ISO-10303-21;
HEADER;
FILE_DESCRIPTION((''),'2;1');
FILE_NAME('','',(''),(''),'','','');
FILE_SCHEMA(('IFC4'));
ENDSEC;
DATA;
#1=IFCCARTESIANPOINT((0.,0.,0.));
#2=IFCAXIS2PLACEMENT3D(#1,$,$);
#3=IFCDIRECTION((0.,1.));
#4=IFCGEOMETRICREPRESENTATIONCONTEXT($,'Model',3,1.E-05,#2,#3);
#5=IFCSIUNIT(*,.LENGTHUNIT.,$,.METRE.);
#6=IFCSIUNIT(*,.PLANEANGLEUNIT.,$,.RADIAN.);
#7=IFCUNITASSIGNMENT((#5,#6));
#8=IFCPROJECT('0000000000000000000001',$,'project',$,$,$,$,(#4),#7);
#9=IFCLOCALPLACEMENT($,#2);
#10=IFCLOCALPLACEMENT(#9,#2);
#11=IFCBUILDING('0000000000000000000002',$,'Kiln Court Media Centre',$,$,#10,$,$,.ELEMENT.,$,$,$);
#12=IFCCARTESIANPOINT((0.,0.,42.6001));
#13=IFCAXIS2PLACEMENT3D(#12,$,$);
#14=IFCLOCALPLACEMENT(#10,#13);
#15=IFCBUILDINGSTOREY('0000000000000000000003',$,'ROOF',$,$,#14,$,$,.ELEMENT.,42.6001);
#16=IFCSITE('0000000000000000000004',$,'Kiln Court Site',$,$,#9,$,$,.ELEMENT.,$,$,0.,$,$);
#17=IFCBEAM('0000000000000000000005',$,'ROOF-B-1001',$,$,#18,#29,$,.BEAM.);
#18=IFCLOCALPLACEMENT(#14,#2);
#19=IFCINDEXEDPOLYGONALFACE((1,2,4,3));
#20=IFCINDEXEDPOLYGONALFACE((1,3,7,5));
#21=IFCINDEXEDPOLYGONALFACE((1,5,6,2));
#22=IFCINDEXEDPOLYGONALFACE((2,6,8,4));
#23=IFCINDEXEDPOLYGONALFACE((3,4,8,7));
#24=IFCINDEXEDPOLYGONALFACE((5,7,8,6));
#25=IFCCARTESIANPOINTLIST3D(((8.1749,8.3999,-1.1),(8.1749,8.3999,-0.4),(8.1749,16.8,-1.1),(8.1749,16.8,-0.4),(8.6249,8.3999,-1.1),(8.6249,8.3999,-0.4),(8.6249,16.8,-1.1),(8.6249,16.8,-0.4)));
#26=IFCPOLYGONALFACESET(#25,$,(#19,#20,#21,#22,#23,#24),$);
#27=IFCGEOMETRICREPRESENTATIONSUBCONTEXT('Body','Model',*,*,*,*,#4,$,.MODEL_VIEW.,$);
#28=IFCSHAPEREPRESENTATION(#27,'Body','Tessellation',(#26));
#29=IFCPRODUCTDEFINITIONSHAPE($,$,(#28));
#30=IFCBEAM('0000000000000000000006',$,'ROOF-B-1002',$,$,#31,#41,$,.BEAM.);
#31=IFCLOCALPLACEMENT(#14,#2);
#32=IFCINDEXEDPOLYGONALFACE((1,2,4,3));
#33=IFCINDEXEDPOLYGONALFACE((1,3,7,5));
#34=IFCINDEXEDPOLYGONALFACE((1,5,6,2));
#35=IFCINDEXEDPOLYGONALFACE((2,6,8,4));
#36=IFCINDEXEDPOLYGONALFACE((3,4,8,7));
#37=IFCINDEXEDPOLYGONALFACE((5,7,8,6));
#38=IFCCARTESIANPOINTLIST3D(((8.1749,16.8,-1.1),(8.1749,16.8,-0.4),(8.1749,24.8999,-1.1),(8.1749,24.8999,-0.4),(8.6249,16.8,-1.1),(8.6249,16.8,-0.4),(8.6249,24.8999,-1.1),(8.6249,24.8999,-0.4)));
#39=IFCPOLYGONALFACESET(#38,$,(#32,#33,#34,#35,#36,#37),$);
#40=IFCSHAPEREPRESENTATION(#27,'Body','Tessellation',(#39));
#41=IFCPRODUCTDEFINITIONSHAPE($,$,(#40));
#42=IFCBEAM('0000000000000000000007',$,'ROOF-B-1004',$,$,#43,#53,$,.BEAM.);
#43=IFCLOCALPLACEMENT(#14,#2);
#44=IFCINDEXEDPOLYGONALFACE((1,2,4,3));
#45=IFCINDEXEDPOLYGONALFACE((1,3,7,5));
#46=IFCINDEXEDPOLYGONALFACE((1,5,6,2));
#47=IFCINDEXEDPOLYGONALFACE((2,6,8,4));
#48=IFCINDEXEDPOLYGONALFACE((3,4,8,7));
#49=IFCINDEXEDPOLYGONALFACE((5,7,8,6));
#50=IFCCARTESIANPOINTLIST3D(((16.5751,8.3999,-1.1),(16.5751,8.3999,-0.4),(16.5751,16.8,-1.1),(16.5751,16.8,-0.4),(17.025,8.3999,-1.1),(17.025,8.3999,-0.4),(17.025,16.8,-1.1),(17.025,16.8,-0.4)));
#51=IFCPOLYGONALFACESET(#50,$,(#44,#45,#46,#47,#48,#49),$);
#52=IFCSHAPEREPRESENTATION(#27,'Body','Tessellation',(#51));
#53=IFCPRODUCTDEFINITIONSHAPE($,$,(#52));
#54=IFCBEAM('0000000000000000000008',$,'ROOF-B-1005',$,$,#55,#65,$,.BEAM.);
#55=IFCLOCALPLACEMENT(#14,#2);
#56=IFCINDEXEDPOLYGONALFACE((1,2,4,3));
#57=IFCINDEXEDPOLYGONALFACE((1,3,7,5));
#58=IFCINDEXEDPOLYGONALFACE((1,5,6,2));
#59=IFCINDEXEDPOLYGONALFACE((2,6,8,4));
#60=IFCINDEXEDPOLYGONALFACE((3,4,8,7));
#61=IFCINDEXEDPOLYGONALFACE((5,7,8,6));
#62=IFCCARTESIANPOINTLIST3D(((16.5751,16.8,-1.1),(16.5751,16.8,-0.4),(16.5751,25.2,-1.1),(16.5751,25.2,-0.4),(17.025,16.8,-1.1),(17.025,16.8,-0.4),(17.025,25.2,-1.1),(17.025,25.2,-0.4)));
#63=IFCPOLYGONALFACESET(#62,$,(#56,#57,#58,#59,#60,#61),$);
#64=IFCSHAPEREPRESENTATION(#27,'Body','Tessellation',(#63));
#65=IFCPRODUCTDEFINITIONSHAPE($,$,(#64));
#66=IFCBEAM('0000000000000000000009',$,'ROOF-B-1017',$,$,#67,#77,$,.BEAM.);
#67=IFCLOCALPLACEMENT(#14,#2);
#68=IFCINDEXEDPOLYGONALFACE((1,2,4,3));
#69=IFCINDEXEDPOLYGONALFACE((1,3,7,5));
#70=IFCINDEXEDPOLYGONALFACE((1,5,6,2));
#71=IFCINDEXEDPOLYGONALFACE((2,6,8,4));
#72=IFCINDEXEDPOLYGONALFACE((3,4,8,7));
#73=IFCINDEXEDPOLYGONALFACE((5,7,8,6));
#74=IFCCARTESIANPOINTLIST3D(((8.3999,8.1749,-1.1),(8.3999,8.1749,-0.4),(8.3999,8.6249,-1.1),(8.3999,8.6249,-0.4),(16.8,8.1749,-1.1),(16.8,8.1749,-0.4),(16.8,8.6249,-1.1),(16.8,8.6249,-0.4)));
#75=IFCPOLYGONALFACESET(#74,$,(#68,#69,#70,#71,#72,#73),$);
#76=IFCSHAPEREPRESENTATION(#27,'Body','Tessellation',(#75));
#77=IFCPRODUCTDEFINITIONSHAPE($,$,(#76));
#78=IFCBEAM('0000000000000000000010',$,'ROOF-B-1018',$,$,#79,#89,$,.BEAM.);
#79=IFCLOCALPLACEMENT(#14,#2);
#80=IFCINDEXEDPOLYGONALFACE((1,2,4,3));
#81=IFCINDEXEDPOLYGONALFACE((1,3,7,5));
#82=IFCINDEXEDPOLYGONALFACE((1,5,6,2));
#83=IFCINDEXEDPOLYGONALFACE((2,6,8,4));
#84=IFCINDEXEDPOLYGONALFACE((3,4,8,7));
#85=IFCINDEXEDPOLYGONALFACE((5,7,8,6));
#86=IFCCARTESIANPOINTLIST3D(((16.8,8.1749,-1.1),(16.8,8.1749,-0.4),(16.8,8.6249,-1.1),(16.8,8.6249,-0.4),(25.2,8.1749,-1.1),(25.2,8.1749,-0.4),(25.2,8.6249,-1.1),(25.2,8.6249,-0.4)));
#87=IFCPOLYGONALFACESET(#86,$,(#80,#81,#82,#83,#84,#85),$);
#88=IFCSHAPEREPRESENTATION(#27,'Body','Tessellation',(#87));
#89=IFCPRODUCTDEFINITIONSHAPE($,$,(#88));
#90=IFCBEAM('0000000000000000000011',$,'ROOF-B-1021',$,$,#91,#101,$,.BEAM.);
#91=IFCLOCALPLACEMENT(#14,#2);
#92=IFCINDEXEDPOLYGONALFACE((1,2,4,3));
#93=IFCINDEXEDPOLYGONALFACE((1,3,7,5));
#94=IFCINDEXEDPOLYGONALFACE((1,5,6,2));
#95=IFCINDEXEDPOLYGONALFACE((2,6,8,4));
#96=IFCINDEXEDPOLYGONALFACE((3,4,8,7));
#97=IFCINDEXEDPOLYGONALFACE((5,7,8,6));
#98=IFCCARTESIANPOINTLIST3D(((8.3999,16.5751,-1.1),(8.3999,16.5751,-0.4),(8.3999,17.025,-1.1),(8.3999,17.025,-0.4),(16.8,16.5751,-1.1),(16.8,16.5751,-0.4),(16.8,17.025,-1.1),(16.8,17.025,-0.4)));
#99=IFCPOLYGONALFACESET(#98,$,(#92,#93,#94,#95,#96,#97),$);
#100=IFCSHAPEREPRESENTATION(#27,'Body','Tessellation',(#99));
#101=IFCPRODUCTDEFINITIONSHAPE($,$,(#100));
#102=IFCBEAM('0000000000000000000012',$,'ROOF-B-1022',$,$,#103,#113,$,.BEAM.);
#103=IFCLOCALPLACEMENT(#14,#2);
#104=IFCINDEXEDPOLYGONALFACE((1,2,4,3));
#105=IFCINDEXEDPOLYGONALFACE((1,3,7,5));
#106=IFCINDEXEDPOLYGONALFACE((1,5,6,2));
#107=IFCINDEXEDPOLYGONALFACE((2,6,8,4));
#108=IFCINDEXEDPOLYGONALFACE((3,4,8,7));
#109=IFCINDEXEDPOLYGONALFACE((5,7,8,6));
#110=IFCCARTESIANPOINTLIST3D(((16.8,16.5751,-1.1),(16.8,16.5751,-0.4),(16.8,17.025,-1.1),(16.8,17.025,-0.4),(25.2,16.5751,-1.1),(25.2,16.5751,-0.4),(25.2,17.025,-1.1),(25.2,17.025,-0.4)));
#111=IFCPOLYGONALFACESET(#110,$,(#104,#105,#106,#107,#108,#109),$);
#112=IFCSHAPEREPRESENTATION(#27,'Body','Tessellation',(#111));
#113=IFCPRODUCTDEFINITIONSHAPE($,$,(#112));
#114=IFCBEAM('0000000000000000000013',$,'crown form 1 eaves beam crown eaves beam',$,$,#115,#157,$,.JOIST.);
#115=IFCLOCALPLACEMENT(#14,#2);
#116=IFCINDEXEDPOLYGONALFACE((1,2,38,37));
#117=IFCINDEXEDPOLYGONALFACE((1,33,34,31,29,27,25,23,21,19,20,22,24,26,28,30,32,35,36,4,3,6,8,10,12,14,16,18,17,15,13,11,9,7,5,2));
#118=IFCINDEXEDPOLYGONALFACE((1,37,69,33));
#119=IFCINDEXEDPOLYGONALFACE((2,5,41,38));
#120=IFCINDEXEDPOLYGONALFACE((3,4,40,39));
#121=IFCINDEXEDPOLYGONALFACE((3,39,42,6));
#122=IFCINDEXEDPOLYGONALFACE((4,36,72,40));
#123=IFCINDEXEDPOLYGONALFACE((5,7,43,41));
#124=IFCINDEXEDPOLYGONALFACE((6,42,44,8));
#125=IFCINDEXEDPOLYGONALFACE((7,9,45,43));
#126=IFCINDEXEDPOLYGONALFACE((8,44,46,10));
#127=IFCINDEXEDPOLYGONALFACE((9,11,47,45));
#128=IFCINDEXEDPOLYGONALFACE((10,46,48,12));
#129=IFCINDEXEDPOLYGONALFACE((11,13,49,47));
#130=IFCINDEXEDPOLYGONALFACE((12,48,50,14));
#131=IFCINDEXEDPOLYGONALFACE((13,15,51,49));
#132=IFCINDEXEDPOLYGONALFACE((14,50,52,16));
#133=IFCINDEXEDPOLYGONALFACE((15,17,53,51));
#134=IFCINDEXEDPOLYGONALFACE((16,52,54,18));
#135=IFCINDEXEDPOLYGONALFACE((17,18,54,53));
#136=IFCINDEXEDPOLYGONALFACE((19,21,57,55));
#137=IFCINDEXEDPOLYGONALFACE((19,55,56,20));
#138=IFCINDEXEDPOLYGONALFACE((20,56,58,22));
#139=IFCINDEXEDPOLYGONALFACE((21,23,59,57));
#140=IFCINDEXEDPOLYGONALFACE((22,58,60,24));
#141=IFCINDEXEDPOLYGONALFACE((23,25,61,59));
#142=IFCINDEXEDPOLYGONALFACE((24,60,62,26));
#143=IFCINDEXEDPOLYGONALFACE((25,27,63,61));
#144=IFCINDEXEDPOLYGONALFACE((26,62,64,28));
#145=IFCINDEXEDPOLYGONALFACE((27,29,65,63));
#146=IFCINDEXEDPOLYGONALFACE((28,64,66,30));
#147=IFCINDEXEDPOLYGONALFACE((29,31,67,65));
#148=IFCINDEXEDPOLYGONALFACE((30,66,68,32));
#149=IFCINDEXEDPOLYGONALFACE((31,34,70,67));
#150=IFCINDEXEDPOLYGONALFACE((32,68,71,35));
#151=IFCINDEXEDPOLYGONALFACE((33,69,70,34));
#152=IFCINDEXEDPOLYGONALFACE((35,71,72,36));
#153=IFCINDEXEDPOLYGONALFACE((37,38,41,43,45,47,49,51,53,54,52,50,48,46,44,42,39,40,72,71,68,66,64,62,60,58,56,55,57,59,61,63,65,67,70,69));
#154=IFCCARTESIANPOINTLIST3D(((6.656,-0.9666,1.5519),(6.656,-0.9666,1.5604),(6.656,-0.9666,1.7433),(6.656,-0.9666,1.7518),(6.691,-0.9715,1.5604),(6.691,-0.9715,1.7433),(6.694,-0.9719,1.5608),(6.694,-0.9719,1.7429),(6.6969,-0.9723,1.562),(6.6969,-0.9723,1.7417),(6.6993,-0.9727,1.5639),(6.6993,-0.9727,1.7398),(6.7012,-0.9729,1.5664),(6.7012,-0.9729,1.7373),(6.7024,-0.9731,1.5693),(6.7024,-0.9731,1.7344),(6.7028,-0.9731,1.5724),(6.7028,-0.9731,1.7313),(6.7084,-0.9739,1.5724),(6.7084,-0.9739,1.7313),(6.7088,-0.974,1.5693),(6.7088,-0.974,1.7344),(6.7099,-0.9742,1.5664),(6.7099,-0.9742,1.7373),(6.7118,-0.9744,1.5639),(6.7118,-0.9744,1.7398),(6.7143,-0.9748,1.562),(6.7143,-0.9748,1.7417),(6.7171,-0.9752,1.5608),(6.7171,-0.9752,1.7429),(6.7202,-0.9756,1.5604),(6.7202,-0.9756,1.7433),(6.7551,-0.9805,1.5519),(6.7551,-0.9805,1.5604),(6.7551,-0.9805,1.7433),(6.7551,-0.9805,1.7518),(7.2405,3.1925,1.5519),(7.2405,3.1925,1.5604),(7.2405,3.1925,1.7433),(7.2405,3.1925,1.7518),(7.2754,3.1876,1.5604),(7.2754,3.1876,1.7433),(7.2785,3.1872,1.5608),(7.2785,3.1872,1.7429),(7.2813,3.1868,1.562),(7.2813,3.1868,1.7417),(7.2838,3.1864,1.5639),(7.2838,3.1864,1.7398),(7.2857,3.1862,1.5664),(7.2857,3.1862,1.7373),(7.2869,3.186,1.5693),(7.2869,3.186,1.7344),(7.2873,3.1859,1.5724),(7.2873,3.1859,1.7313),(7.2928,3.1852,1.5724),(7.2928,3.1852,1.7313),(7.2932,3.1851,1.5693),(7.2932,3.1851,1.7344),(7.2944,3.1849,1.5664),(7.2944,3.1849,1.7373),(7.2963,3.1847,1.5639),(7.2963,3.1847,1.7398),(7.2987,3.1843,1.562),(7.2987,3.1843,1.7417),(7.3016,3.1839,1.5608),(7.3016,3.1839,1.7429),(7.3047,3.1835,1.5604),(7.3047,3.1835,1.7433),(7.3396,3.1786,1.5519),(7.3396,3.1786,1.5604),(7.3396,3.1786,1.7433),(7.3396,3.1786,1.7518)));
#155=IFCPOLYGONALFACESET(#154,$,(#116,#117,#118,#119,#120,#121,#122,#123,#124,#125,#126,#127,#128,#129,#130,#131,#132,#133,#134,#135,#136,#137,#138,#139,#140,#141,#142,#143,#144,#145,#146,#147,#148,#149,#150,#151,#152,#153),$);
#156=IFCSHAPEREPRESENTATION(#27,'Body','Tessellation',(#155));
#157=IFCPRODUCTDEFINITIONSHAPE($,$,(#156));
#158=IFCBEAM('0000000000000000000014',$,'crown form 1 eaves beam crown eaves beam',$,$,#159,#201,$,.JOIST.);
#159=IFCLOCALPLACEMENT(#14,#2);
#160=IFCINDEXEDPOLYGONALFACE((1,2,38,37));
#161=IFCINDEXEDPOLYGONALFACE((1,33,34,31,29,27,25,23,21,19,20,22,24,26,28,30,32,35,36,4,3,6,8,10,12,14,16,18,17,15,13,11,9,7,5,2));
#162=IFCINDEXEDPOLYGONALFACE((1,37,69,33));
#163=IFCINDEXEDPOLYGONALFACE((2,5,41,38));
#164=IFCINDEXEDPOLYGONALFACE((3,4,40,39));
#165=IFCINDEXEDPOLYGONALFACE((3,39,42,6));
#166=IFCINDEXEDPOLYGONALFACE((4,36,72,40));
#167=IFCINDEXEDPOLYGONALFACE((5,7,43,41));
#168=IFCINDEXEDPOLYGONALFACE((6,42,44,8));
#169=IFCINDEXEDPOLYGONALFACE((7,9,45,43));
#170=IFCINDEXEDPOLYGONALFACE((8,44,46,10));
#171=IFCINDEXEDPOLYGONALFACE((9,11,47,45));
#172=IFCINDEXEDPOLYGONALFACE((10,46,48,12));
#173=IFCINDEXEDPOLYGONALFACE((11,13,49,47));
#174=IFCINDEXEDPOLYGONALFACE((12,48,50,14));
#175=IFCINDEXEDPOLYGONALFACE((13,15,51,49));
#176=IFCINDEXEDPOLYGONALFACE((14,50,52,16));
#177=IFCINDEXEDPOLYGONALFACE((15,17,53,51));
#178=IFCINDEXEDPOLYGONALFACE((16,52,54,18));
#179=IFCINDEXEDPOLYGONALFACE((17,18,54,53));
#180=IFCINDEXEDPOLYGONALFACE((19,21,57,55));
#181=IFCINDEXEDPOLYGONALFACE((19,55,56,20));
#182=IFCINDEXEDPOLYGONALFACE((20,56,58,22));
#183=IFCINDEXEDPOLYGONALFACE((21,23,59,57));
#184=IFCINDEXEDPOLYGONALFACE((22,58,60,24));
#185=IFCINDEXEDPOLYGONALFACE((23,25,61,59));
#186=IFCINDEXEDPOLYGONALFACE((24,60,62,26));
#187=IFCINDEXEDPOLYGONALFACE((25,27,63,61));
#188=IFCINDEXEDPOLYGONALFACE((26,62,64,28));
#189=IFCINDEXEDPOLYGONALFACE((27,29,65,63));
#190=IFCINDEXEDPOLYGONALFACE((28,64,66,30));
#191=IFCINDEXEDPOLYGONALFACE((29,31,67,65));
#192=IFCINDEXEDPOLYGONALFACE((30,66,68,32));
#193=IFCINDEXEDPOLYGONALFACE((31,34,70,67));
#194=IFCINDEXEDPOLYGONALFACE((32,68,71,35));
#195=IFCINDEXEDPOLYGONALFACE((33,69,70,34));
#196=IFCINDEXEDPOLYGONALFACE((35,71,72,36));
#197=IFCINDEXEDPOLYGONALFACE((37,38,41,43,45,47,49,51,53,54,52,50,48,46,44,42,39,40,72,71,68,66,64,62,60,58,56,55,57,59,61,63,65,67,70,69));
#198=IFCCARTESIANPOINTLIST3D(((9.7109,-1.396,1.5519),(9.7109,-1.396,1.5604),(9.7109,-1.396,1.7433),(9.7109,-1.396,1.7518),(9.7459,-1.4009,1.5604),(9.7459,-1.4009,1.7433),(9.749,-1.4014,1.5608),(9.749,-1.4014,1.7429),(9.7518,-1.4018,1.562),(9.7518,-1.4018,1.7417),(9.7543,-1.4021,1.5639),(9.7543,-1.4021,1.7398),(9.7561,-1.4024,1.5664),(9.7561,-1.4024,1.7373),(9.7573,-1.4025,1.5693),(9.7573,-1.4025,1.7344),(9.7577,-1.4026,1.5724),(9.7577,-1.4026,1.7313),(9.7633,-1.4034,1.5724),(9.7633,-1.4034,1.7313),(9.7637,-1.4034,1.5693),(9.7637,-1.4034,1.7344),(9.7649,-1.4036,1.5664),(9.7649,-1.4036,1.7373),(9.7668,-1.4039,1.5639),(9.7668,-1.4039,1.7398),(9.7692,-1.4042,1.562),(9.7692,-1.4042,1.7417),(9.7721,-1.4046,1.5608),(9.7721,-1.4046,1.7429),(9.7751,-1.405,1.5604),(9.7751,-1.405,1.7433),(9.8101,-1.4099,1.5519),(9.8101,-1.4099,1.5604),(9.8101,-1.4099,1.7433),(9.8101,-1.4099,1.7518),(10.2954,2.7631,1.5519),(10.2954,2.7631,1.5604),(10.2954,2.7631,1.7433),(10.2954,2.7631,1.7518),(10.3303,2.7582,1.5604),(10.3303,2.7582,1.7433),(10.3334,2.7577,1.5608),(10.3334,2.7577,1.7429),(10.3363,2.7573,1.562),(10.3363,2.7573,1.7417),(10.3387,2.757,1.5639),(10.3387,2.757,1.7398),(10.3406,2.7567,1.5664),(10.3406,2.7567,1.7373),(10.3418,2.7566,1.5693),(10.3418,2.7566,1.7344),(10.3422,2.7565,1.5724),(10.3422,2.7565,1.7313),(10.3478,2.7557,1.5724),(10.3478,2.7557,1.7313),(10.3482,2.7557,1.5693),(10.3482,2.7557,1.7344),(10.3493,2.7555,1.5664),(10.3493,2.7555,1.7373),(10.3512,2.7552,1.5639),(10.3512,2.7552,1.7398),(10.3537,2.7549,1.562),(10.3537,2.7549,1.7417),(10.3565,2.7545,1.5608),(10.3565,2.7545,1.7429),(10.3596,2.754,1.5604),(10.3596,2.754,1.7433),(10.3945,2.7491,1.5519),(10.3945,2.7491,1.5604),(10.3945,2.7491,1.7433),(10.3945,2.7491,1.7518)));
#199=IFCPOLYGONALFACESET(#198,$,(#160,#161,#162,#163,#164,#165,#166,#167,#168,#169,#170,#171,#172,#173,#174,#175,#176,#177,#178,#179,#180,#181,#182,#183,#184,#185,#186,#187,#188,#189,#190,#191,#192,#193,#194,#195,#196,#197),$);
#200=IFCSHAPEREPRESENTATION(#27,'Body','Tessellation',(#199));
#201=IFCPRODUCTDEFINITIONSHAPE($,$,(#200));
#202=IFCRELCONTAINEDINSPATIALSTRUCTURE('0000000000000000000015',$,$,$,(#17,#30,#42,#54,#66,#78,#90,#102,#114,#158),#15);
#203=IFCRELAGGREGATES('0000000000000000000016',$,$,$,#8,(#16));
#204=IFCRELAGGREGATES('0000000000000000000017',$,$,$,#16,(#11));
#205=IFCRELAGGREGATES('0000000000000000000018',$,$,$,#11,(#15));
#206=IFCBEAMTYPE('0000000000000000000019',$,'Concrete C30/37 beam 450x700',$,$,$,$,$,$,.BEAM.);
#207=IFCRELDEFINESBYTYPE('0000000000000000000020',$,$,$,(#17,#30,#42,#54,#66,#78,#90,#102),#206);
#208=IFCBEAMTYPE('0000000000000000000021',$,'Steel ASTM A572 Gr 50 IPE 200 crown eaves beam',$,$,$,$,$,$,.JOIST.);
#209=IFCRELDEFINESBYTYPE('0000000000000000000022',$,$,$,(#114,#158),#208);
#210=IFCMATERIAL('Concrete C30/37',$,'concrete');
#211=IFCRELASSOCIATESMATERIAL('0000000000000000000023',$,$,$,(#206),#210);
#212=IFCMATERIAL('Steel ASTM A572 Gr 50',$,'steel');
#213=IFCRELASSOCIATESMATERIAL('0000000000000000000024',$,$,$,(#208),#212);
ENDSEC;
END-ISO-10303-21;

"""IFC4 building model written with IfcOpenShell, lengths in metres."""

from ifc_helpers import new_model, si_unit, direction, frame, origin, origin_2d, place, context, subcontext, project, spatial, rectangle, i_section, extrude, material, material_profile, profile_set, type_object, element, save


model = new_model("IFC4")

# Units and contexts
model_context = context("Model", 3, precision=1e-05, world=origin(), true_north=direction((0.0, 1.0)))
body_context = subcontext(model_context, "Body", "Model", "MODEL_VIEW")
ifc_project = project(units=[si_unit("LENGTHUNIT", "METRE"), si_unit("PLANEANGLEUNIT", "RADIAN")], contexts=[model_context])

# Site, building, storey
site_placement = place(None, origin())
site = spatial("IfcSite", under=ifc_project, at=site_placement, Name="Kiln Court Site", CompositionType="ELEMENT", RefElevation=0.0)
building_placement = place(site_placement, origin())
building = spatial("IfcBuilding", under=site, at=building_placement, Name="Kiln Court Media Centre", CompositionType="ELEMENT")
storey_placement = place(building_placement, frame((0.0, 0.0, 42.6001)))
storey = spatial("IfcBuildingStorey", under=building, at=storey_placement, Name="ROOF", CompositionType="ELEMENT", Elevation=42.6001)

# Beams
ifc_material_1 = material(Name="Concrete C30/37", Category="concrete")
ifc_material_profile_1 = material_profile(ifc_material_1, rectangle(XDim=0.45, YDim=0.7, at=origin_2d()), Name="RC 450x700")
ifc_profile_set_1 = profile_set([ifc_material_profile_1], Name="Concrete C30/37")
beam_type_1 = type_object("IfcBeamType", Name="Concrete C30/37 beam 450x700", PredefinedType="BEAM", material=ifc_profile_set_1)
beam_1_placement = place(storey_placement, frame((8.3999, 8.3999, -0.75), z_axis=(0.0, 1.0, 0.0), x_axis=(-1.0, 0.0, 0.0)))
element("IfcBeam", 1, at=beam_1_placement, inside=storey, type_object=beam_type_1, Name="ROOF-B-1001", PredefinedType="BEAM", context=body_context, shape_type="SweptSolid", body=[
    extrude(rectangle(XDim=0.45, YDim=0.7, at=origin_2d()), origin(), (0.0, 0.0, 1.0), 8.4001),
])
beam_2_placement = place(storey_placement, frame((8.3999, 16.8, -0.75), z_axis=(0.0, 1.0, 0.0), x_axis=(-1.0, 0.0, 0.0)))
element("IfcBeam", 2, at=beam_2_placement, inside=storey, type_object=beam_type_1, Name="ROOF-B-1002", PredefinedType="BEAM", context=body_context, shape_type="SweptSolid", body=[
    extrude(rectangle(XDim=0.45, YDim=0.7, at=origin_2d()), origin(), (0.0, 0.0, 1.0), 8.0999),
])
beam_3_placement = place(storey_placement, frame((16.8, 8.3999, -0.75), z_axis=(0.0, 1.0, 0.0), x_axis=(-1.0, 0.0, 0.0)))
element("IfcBeam", 3, at=beam_3_placement, inside=storey, type_object=beam_type_1, Name="ROOF-B-1004", PredefinedType="BEAM", context=body_context, shape_type="SweptSolid", body=[
    extrude(rectangle(XDim=0.45, YDim=0.7, at=origin_2d()), origin(), (0.0, 0.0, 1.0), 8.4001),
])
beam_4_placement = place(storey_placement, frame((16.8, 16.8, -0.75), z_axis=(0.0, 1.0, 0.0), x_axis=(-1.0, 0.0, 0.0)))
element("IfcBeam", 4, at=beam_4_placement, inside=storey, type_object=beam_type_1, Name="ROOF-B-1005", PredefinedType="BEAM", context=body_context, shape_type="SweptSolid", body=[
    extrude(rectangle(XDim=0.45, YDim=0.7, at=origin_2d()), origin(), (0.0, 0.0, 1.0), 8.3999),
])
beam_5_placement = place(storey_placement, frame((8.3999, 8.3999, -0.75), z_axis=(1.0, 0.0, 0.0), x_axis=(0.0, 1.0, 0.0)))
element("IfcBeam", 5, at=beam_5_placement, inside=storey, type_object=beam_type_1, Name="ROOF-B-1017", PredefinedType="BEAM", context=body_context, shape_type="SweptSolid", body=[
    extrude(rectangle(XDim=0.45, YDim=0.7, at=origin_2d()), origin(), (0.0, 0.0, 1.0), 8.4001),
])
beam_6_placement = place(storey_placement, frame((16.8, 8.3999, -0.75), z_axis=(1.0, 0.0, 0.0), x_axis=(0.0, 1.0, 0.0)))
element("IfcBeam", 6, at=beam_6_placement, inside=storey, type_object=beam_type_1, Name="ROOF-B-1018", PredefinedType="BEAM", context=body_context, shape_type="SweptSolid", body=[
    extrude(rectangle(XDim=0.45, YDim=0.7, at=origin_2d()), origin(), (0.0, 0.0, 1.0), 8.3999),
])
beam_7_placement = place(storey_placement, frame((8.3999, 16.8, -0.75), z_axis=(1.0, 0.0, 0.0), x_axis=(0.0, 1.0, 0.0)))
element("IfcBeam", 7, at=beam_7_placement, inside=storey, type_object=beam_type_1, Name="ROOF-B-1021", PredefinedType="BEAM", context=body_context, shape_type="SweptSolid", body=[
    extrude(rectangle(XDim=0.45, YDim=0.7, at=origin_2d()), origin(), (0.0, 0.0, 1.0), 8.4001),
])
beam_8_placement = place(storey_placement, frame((16.8, 16.8, -0.75), z_axis=(1.0, 0.0, 0.0), x_axis=(0.0, 1.0, 0.0)))
element("IfcBeam", 8, at=beam_8_placement, inside=storey, type_object=beam_type_1, Name="ROOF-B-1022", PredefinedType="BEAM", context=body_context, shape_type="SweptSolid", body=[
    extrude(rectangle(XDim=0.45, YDim=0.7, at=origin_2d()), origin(), (0.0, 0.0, 1.0), 8.3999),
])
ifc_material_2 = material(Name="Steel ASTM A572 Gr 50", Category="steel")
ifc_material_profile_2 = material_profile(ifc_material_2, i_section(OverallWidth=0.1001, OverallDepth=0.2, WebThickness=0.0056, FlangeThickness=0.0085, FilletRadius=0.012, at=origin_2d()), Name="IPE 200")
ifc_profile_set_2 = profile_set([ifc_material_profile_2], Name="Steel ASTM A572 Gr 50")
beam_type_2 = type_object("IfcBeamType", Name="Steel ASTM A572 Gr 50 IPE 200 crown eaves beam", PredefinedType="JOIST", material=ifc_profile_set_2)
for number, where, z_axis, x_axis, name in (
    (9, (7.29, 3.1855, 1.6519), (-0.139159, -0.99027, 0.0), (0.99027, -0.139159, 0.0), "crown form 1 eaves beam crown eaves beam"),
    (10, (10.345, 2.7561, 1.6519), (-0.139159, -0.99027, 0.0), (0.99027, -0.139159, 0.0), "crown form 1 eaves beam crown eaves beam"),
):
    element("IfcBeam", number, at=place(storey_placement, frame(where, z_axis=z_axis, x_axis=x_axis)), inside=storey, type_object=beam_type_2, Name=name, PredefinedType="JOIST", context=body_context, shape_type="SweptSolid", body=[
        extrude(i_section(OverallWidth=0.1001, OverallDepth=0.2, WebThickness=0.0056, FlangeThickness=0.0085, FilletRadius=0.012, at=origin_2d()), origin(), (0.0, 0.0, 1.0), 4.2),
    ])

save(model, "model.ifc")
